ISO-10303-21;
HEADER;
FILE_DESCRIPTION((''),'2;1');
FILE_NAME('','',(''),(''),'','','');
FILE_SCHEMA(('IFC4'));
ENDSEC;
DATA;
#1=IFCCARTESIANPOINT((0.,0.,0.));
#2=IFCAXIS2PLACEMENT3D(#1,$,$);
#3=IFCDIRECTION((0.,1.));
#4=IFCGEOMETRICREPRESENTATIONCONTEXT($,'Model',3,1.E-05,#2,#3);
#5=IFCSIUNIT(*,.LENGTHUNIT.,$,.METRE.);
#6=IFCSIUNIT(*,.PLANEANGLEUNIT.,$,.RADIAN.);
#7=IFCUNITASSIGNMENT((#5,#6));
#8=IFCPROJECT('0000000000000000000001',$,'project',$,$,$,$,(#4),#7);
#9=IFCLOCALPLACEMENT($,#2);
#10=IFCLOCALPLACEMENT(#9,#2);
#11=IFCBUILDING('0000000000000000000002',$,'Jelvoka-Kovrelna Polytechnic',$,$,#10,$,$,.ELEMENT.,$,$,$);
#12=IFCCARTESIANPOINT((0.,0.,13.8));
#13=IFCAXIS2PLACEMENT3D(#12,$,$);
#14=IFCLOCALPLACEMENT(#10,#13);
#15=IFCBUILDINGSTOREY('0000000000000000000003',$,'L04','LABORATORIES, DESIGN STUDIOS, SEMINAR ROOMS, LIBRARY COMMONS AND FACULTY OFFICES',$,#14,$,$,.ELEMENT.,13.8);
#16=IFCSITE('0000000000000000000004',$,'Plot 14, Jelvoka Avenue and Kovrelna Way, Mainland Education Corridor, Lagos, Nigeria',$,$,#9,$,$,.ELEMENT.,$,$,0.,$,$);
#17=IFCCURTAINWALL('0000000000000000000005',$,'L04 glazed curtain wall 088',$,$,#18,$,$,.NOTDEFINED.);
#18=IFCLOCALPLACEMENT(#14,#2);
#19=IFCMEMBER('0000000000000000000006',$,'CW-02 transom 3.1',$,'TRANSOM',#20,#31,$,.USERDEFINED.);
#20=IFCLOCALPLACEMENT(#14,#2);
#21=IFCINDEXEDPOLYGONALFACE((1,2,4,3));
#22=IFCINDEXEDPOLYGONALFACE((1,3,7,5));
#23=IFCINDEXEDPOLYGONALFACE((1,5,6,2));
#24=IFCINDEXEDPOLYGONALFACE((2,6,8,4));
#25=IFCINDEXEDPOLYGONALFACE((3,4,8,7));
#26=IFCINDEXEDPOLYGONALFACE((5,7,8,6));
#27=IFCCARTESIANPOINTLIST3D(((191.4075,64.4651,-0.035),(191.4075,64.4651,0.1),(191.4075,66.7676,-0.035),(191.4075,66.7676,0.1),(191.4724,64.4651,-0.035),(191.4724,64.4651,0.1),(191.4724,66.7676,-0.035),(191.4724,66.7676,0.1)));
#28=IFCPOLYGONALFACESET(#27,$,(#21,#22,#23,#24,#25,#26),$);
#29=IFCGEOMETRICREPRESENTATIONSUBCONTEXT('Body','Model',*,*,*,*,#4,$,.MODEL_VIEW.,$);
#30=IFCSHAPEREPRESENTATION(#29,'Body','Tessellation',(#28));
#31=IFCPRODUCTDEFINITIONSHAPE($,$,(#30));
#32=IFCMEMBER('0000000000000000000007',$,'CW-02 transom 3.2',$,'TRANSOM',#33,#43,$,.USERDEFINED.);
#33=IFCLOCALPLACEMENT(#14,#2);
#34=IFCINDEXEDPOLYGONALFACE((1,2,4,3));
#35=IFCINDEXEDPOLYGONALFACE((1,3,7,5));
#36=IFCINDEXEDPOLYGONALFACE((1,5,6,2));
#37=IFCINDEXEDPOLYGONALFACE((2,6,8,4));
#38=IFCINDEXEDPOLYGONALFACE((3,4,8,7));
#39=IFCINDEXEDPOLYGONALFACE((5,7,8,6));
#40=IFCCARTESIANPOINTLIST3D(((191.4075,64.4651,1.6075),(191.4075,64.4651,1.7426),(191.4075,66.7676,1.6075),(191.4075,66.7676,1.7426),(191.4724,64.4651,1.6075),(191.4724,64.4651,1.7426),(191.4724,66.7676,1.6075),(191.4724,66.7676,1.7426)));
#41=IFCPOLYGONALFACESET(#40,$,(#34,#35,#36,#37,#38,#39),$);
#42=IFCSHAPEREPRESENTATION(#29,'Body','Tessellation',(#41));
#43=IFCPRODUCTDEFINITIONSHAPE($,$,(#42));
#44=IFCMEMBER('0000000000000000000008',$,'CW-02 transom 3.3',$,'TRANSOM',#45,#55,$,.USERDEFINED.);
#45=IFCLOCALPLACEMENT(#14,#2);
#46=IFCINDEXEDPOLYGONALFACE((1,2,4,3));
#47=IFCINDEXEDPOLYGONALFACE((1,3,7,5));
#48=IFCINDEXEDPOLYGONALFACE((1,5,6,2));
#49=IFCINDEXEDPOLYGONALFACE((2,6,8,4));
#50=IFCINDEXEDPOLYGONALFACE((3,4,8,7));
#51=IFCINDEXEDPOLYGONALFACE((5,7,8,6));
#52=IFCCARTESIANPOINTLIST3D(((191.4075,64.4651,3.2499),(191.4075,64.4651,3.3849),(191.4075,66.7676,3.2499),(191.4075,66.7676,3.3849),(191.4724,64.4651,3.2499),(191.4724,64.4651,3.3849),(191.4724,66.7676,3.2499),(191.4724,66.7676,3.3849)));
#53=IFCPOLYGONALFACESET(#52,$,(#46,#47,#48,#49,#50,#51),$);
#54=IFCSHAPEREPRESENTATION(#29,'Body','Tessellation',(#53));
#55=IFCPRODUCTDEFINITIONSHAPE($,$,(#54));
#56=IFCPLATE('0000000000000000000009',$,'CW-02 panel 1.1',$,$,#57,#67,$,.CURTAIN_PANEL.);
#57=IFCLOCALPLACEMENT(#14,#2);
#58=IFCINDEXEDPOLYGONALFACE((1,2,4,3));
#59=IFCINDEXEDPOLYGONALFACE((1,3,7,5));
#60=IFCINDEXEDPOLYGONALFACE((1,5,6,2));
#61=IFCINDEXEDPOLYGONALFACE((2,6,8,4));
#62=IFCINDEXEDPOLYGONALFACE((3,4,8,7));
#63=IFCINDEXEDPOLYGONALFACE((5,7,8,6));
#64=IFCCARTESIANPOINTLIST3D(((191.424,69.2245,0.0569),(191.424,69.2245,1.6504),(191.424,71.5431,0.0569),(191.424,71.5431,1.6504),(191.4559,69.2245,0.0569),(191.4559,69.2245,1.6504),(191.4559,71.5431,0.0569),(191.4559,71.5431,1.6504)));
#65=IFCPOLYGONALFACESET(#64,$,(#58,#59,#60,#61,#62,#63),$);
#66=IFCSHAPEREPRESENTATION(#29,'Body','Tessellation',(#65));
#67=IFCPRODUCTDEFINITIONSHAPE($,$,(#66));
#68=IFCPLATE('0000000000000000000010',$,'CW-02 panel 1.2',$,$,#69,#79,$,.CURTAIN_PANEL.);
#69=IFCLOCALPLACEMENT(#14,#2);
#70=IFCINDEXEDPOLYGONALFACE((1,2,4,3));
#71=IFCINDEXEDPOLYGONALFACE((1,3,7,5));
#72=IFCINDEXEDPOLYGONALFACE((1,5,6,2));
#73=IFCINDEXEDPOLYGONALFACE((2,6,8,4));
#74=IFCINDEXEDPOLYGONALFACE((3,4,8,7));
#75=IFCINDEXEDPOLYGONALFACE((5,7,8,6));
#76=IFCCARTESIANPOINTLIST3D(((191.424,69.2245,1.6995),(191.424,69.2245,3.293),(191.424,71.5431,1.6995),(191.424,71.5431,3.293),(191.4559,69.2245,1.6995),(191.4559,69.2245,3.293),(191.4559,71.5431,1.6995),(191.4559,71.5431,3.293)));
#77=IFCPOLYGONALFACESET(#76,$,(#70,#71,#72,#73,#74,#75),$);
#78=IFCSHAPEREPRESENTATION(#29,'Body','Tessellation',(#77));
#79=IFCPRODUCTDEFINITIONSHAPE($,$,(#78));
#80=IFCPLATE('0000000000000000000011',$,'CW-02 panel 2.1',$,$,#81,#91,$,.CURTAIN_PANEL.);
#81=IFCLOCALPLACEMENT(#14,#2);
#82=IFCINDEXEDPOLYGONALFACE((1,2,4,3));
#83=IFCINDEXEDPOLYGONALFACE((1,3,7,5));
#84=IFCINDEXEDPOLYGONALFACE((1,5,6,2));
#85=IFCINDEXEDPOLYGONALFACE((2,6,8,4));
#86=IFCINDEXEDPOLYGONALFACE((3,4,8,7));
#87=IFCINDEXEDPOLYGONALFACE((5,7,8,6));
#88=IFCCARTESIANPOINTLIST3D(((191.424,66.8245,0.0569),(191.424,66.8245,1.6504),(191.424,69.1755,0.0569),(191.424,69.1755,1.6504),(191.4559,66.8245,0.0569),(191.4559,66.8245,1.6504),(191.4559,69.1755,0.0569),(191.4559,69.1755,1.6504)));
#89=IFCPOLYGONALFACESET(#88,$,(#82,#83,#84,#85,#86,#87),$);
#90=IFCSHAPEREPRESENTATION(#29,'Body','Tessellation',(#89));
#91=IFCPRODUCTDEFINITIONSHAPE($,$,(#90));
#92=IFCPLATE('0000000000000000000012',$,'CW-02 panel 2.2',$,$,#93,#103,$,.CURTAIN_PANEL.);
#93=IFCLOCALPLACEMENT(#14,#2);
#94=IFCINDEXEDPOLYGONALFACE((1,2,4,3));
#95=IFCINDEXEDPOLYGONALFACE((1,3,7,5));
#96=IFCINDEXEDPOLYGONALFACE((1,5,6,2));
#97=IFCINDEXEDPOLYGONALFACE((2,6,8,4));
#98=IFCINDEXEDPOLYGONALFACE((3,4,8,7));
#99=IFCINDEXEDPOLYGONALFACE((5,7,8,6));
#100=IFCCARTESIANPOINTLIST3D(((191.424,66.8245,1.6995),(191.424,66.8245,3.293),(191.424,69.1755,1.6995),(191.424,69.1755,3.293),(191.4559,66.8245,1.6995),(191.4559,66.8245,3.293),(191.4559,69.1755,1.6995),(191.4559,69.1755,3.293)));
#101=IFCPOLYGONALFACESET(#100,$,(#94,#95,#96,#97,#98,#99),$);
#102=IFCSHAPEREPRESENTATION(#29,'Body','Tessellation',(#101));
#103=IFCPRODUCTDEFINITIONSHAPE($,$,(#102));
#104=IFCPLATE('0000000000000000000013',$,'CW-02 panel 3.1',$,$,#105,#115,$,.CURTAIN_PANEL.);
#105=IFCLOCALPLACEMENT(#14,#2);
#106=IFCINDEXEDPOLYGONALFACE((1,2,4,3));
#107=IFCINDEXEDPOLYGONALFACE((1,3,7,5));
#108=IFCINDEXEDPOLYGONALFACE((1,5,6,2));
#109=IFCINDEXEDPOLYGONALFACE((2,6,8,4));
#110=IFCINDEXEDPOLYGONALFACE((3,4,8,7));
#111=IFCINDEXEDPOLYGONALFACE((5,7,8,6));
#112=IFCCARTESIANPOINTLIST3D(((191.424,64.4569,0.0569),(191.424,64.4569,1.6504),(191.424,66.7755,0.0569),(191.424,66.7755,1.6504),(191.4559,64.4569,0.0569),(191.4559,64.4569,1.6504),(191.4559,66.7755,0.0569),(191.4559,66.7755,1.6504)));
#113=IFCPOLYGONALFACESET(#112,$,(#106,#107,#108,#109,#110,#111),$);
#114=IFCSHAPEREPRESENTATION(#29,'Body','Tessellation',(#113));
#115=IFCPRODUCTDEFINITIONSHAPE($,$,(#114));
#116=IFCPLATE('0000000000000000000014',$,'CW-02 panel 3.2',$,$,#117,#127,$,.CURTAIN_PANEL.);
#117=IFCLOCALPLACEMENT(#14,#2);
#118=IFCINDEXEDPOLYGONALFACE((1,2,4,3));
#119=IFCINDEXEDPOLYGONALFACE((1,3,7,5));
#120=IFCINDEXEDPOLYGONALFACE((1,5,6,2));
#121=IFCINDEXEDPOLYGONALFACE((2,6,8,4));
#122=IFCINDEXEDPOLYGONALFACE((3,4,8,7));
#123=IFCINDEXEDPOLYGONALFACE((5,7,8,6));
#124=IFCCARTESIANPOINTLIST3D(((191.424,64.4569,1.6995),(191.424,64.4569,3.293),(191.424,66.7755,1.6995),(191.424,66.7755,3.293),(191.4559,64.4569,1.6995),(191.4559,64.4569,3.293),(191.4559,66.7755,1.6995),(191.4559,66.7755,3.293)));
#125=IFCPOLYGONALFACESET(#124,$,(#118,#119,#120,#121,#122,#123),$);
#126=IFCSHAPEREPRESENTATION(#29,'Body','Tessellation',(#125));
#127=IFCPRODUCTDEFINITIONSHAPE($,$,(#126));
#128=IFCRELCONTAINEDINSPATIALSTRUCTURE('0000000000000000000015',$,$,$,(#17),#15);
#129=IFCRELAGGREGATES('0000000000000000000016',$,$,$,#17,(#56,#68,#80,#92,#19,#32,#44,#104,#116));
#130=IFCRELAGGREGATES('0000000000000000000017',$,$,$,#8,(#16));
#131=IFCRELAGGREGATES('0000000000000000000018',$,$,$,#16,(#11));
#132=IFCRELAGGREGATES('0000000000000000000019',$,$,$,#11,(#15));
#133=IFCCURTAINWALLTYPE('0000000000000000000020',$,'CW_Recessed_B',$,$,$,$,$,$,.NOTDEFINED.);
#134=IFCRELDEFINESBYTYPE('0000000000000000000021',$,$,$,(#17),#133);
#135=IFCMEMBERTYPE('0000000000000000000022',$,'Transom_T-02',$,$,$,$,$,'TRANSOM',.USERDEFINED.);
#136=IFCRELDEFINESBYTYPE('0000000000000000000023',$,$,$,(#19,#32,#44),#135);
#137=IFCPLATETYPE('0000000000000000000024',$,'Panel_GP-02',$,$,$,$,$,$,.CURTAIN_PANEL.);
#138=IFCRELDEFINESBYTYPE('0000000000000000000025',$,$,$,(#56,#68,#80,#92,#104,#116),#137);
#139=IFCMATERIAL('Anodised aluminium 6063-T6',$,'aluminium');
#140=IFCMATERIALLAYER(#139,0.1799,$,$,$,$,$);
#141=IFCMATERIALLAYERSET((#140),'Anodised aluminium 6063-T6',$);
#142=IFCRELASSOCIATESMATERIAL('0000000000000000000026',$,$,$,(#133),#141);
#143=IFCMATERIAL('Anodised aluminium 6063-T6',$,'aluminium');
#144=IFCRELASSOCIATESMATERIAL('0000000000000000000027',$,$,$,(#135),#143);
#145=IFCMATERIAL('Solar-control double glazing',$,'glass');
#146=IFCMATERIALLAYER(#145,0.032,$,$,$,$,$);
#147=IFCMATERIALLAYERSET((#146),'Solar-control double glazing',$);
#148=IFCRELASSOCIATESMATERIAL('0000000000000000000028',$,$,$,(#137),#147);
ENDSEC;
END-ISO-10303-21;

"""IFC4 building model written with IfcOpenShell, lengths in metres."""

from ifc_helpers import new_model, si_unit, direction, frame, origin, origin_2d, place, context, subcontext, project, spatial, rectangle, extrude, material, layer, layer_set, material_profile, profile_set, type_object, element, aggregate, save


model = new_model("IFC4")

# Units and contexts
model_context = context("Model", 3, precision=1e-05, world=origin(), true_north=direction((0.0, 1.0)))
body_context = subcontext(model_context, "Body", "Model", "MODEL_VIEW")
ifc_project = project(units=[si_unit("LENGTHUNIT", "METRE"), si_unit("PLANEANGLEUNIT", "RADIAN")], contexts=[model_context])

# Site, building, storey
site_placement = place(None, origin())
site = spatial("IfcSite", under=ifc_project, at=site_placement, Name="Plot 14, Jelvoka Avenue and Kovrelna Way, Mainland Education Corridor, Lagos, Nigeria", CompositionType="ELEMENT", RefElevation=0.0)
building_placement = place(site_placement, origin())
building = spatial("IfcBuilding", under=site, at=building_placement, Name="Jelvoka-Kovrelna Polytechnic", CompositionType="ELEMENT")
storey_placement = place(building_placement, frame((0.0, 0.0, 13.8)))
storey = spatial("IfcBuildingStorey", under=building, at=storey_placement, Name="L04", Description="LABORATORIES, DESIGN STUDIOS, SEMINAR ROOMS, LIBRARY COMMONS AND FACULTY OFFICES", CompositionType="ELEMENT", Elevation=13.8)

# Shared definitions
ifc_material_1 = material(Name="Anodised aluminium 6063-T6", Category="aluminium")
ifc_layer_1 = layer(ifc_material_1, 0.1799)
ifc_layer_set_1 = layer_set([ifc_layer_1], Name="Anodised aluminium 6063-T6")
curtain_wall_type = type_object("IfcCurtainWallType", Name="CW_Recessed_B", PredefinedType="NOTDEFINED", material=ifc_layer_set_1)

# Curtain wall
curtain_wall_1_placement = place(storey_placement, origin())
curtain_wall_1 = element("IfcCurtainWall", 1, at=curtain_wall_1_placement, inside=storey, type_object=curtain_wall_type, Name="L04 glazed curtain wall 088", PredefinedType="NOTDEFINED")

# Members
ifc_material_2 = material(Name="Anodised aluminium 6063-T6", Category="aluminium")
ifc_material_profile_1 = material_profile(ifc_material_2, rectangle(XDim=0.0649, YDim=0.135, at=origin_2d()), Name="ALU 65x135")
ifc_profile_set_1 = profile_set([ifc_material_profile_1], Name="Anodised aluminium 6063-T6")
member_type_1 = type_object("IfcMemberType", Name="Transom_T-02", ElementType="TRANSOM", PredefinedType="USERDEFINED", material=ifc_profile_set_1)
member_1_placement = place(storey_placement, frame((191.4399, 66.7676, 0.0325), z_axis=(0.0, -1.0, 0.0), x_axis=(1.0, 0.0, 0.0)))
member_1 = element("IfcMember", 2, at=member_1_placement, type_object=member_type_1, Name="CW-02 transom 3.1", ObjectType="TRANSOM", PredefinedType="USERDEFINED", context=body_context, shape_type="SweptSolid", body=[
    extrude(rectangle(XDim=0.0649, YDim=0.135, at=origin_2d()), origin(), (0.0, 0.0, 1.0), 2.3025),
])
member_2_placement = place(storey_placement, frame((191.4399, 66.7676, 1.675), z_axis=(0.0, -1.0, 0.0), x_axis=(1.0, 0.0, 0.0)))
member_2 = element("IfcMember", 3, at=member_2_placement, type_object=member_type_1, Name="CW-02 transom 3.2", ObjectType="TRANSOM", PredefinedType="USERDEFINED", context=body_context, shape_type="SweptSolid", body=[
    extrude(rectangle(XDim=0.0649, YDim=0.135, at=origin_2d()), origin(), (0.0, 0.0, 1.0), 2.3025),
])
member_3_placement = place(storey_placement, frame((191.4399, 66.7676, 3.3174), z_axis=(0.0, -1.0, 0.0), x_axis=(1.0, 0.0, 0.0)))
member_3 = element("IfcMember", 4, at=member_3_placement, type_object=member_type_1, Name="CW-02 transom 3.3", ObjectType="TRANSOM", PredefinedType="USERDEFINED", context=body_context, shape_type="SweptSolid", body=[
    extrude(rectangle(XDim=0.0649, YDim=0.135, at=origin_2d()), origin(), (0.0, 0.0, 1.0), 2.3025),
])

# Plates
ifc_material_3 = material(Name="Solar-control double glazing", Category="glass")
ifc_layer_2 = layer(ifc_material_3, 0.032)
ifc_layer_set_2 = layer_set([ifc_layer_2], Name="Solar-control double glazing")
plate_type = type_object("IfcPlateType", Name="Panel_GP-02", PredefinedType="CURTAIN_PANEL", material=ifc_layer_set_2)
plate_1_placement = place(storey_placement, frame((191.4399, 70.3838, 0.0569), z_axis=(0.0, 0.0, 1.0), x_axis=(0.0, -1.0, 0.0)))
plate_1 = element("IfcPlate", 5, at=plate_1_placement, type_object=plate_type, Name="CW-02 panel 1.1", PredefinedType="CURTAIN_PANEL", context=body_context, shape_type="SweptSolid", body=[
    extrude(rectangle(XDim=2.3186, YDim=0.032, at=origin_2d()), origin(), (0.0, 0.0, 1.0), 1.5935),
])
plate_2_placement = place(storey_placement, frame((191.4399, 70.3838, 1.6995), z_axis=(0.0, 0.0, 1.0), x_axis=(0.0, -1.0, 0.0)))
plate_2 = element("IfcPlate", 6, at=plate_2_placement, type_object=plate_type, Name="CW-02 panel 1.2", PredefinedType="CURTAIN_PANEL", context=body_context, shape_type="SweptSolid", body=[
    extrude(rectangle(XDim=2.3186, YDim=0.032, at=origin_2d()), origin(), (0.0, 0.0, 1.0), 1.5935),
])
plate_3_placement = place(storey_placement, frame((191.4399, 68.0, 0.0569), z_axis=(0.0, 0.0, 1.0), x_axis=(0.0, -1.0, 0.0)))
plate_3 = element("IfcPlate", 7, at=plate_3_placement, type_object=plate_type, Name="CW-02 panel 2.1", PredefinedType="CURTAIN_PANEL", context=body_context, shape_type="SweptSolid", body=[
    extrude(rectangle(XDim=2.3511, YDim=0.032, at=origin_2d()), origin(), (0.0, 0.0, 1.0), 1.5935),
])
plate_4_placement = place(storey_placement, frame((191.4399, 68.0, 1.6995), z_axis=(0.0, 0.0, 1.0), x_axis=(0.0, -1.0, 0.0)))
plate_4 = element("IfcPlate", 8, at=plate_4_placement, type_object=plate_type, Name="CW-02 panel 2.2", PredefinedType="CURTAIN_PANEL", context=body_context, shape_type="SweptSolid", body=[
    extrude(rectangle(XDim=2.3511, YDim=0.032, at=origin_2d()), origin(), (0.0, 0.0, 1.0), 1.5935),
])
plate_5_placement = place(storey_placement, frame((191.4399, 65.6162, 0.0569), z_axis=(0.0, 0.0, 1.0), x_axis=(0.0, -1.0, 0.0)))
plate_5 = element("IfcPlate", 9, at=plate_5_placement, type_object=plate_type, Name="CW-02 panel 3.1", PredefinedType="CURTAIN_PANEL", context=body_context, shape_type="SweptSolid", body=[
    extrude(rectangle(XDim=2.3186, YDim=0.032, at=origin_2d()), origin(), (0.0, 0.0, 1.0), 1.5935),
])
plate_6_placement = place(storey_placement, frame((191.4399, 65.6162, 1.6995), z_axis=(0.0, 0.0, 1.0), x_axis=(0.0, -1.0, 0.0)))
plate_6 = element("IfcPlate", 10, at=plate_6_placement, type_object=plate_type, Name="CW-02 panel 3.2", PredefinedType="CURTAIN_PANEL", context=body_context, shape_type="SweptSolid", body=[
    extrude(rectangle(XDim=2.3186, YDim=0.032, at=origin_2d()), origin(), (0.0, 0.0, 1.0), 1.5935),
])
aggregate(curtain_wall_1, [plate_1, plate_2, plate_3, plate_4, member_1, member_2, member_3, plate_5, plate_6])

save(model, "model.ifc")
